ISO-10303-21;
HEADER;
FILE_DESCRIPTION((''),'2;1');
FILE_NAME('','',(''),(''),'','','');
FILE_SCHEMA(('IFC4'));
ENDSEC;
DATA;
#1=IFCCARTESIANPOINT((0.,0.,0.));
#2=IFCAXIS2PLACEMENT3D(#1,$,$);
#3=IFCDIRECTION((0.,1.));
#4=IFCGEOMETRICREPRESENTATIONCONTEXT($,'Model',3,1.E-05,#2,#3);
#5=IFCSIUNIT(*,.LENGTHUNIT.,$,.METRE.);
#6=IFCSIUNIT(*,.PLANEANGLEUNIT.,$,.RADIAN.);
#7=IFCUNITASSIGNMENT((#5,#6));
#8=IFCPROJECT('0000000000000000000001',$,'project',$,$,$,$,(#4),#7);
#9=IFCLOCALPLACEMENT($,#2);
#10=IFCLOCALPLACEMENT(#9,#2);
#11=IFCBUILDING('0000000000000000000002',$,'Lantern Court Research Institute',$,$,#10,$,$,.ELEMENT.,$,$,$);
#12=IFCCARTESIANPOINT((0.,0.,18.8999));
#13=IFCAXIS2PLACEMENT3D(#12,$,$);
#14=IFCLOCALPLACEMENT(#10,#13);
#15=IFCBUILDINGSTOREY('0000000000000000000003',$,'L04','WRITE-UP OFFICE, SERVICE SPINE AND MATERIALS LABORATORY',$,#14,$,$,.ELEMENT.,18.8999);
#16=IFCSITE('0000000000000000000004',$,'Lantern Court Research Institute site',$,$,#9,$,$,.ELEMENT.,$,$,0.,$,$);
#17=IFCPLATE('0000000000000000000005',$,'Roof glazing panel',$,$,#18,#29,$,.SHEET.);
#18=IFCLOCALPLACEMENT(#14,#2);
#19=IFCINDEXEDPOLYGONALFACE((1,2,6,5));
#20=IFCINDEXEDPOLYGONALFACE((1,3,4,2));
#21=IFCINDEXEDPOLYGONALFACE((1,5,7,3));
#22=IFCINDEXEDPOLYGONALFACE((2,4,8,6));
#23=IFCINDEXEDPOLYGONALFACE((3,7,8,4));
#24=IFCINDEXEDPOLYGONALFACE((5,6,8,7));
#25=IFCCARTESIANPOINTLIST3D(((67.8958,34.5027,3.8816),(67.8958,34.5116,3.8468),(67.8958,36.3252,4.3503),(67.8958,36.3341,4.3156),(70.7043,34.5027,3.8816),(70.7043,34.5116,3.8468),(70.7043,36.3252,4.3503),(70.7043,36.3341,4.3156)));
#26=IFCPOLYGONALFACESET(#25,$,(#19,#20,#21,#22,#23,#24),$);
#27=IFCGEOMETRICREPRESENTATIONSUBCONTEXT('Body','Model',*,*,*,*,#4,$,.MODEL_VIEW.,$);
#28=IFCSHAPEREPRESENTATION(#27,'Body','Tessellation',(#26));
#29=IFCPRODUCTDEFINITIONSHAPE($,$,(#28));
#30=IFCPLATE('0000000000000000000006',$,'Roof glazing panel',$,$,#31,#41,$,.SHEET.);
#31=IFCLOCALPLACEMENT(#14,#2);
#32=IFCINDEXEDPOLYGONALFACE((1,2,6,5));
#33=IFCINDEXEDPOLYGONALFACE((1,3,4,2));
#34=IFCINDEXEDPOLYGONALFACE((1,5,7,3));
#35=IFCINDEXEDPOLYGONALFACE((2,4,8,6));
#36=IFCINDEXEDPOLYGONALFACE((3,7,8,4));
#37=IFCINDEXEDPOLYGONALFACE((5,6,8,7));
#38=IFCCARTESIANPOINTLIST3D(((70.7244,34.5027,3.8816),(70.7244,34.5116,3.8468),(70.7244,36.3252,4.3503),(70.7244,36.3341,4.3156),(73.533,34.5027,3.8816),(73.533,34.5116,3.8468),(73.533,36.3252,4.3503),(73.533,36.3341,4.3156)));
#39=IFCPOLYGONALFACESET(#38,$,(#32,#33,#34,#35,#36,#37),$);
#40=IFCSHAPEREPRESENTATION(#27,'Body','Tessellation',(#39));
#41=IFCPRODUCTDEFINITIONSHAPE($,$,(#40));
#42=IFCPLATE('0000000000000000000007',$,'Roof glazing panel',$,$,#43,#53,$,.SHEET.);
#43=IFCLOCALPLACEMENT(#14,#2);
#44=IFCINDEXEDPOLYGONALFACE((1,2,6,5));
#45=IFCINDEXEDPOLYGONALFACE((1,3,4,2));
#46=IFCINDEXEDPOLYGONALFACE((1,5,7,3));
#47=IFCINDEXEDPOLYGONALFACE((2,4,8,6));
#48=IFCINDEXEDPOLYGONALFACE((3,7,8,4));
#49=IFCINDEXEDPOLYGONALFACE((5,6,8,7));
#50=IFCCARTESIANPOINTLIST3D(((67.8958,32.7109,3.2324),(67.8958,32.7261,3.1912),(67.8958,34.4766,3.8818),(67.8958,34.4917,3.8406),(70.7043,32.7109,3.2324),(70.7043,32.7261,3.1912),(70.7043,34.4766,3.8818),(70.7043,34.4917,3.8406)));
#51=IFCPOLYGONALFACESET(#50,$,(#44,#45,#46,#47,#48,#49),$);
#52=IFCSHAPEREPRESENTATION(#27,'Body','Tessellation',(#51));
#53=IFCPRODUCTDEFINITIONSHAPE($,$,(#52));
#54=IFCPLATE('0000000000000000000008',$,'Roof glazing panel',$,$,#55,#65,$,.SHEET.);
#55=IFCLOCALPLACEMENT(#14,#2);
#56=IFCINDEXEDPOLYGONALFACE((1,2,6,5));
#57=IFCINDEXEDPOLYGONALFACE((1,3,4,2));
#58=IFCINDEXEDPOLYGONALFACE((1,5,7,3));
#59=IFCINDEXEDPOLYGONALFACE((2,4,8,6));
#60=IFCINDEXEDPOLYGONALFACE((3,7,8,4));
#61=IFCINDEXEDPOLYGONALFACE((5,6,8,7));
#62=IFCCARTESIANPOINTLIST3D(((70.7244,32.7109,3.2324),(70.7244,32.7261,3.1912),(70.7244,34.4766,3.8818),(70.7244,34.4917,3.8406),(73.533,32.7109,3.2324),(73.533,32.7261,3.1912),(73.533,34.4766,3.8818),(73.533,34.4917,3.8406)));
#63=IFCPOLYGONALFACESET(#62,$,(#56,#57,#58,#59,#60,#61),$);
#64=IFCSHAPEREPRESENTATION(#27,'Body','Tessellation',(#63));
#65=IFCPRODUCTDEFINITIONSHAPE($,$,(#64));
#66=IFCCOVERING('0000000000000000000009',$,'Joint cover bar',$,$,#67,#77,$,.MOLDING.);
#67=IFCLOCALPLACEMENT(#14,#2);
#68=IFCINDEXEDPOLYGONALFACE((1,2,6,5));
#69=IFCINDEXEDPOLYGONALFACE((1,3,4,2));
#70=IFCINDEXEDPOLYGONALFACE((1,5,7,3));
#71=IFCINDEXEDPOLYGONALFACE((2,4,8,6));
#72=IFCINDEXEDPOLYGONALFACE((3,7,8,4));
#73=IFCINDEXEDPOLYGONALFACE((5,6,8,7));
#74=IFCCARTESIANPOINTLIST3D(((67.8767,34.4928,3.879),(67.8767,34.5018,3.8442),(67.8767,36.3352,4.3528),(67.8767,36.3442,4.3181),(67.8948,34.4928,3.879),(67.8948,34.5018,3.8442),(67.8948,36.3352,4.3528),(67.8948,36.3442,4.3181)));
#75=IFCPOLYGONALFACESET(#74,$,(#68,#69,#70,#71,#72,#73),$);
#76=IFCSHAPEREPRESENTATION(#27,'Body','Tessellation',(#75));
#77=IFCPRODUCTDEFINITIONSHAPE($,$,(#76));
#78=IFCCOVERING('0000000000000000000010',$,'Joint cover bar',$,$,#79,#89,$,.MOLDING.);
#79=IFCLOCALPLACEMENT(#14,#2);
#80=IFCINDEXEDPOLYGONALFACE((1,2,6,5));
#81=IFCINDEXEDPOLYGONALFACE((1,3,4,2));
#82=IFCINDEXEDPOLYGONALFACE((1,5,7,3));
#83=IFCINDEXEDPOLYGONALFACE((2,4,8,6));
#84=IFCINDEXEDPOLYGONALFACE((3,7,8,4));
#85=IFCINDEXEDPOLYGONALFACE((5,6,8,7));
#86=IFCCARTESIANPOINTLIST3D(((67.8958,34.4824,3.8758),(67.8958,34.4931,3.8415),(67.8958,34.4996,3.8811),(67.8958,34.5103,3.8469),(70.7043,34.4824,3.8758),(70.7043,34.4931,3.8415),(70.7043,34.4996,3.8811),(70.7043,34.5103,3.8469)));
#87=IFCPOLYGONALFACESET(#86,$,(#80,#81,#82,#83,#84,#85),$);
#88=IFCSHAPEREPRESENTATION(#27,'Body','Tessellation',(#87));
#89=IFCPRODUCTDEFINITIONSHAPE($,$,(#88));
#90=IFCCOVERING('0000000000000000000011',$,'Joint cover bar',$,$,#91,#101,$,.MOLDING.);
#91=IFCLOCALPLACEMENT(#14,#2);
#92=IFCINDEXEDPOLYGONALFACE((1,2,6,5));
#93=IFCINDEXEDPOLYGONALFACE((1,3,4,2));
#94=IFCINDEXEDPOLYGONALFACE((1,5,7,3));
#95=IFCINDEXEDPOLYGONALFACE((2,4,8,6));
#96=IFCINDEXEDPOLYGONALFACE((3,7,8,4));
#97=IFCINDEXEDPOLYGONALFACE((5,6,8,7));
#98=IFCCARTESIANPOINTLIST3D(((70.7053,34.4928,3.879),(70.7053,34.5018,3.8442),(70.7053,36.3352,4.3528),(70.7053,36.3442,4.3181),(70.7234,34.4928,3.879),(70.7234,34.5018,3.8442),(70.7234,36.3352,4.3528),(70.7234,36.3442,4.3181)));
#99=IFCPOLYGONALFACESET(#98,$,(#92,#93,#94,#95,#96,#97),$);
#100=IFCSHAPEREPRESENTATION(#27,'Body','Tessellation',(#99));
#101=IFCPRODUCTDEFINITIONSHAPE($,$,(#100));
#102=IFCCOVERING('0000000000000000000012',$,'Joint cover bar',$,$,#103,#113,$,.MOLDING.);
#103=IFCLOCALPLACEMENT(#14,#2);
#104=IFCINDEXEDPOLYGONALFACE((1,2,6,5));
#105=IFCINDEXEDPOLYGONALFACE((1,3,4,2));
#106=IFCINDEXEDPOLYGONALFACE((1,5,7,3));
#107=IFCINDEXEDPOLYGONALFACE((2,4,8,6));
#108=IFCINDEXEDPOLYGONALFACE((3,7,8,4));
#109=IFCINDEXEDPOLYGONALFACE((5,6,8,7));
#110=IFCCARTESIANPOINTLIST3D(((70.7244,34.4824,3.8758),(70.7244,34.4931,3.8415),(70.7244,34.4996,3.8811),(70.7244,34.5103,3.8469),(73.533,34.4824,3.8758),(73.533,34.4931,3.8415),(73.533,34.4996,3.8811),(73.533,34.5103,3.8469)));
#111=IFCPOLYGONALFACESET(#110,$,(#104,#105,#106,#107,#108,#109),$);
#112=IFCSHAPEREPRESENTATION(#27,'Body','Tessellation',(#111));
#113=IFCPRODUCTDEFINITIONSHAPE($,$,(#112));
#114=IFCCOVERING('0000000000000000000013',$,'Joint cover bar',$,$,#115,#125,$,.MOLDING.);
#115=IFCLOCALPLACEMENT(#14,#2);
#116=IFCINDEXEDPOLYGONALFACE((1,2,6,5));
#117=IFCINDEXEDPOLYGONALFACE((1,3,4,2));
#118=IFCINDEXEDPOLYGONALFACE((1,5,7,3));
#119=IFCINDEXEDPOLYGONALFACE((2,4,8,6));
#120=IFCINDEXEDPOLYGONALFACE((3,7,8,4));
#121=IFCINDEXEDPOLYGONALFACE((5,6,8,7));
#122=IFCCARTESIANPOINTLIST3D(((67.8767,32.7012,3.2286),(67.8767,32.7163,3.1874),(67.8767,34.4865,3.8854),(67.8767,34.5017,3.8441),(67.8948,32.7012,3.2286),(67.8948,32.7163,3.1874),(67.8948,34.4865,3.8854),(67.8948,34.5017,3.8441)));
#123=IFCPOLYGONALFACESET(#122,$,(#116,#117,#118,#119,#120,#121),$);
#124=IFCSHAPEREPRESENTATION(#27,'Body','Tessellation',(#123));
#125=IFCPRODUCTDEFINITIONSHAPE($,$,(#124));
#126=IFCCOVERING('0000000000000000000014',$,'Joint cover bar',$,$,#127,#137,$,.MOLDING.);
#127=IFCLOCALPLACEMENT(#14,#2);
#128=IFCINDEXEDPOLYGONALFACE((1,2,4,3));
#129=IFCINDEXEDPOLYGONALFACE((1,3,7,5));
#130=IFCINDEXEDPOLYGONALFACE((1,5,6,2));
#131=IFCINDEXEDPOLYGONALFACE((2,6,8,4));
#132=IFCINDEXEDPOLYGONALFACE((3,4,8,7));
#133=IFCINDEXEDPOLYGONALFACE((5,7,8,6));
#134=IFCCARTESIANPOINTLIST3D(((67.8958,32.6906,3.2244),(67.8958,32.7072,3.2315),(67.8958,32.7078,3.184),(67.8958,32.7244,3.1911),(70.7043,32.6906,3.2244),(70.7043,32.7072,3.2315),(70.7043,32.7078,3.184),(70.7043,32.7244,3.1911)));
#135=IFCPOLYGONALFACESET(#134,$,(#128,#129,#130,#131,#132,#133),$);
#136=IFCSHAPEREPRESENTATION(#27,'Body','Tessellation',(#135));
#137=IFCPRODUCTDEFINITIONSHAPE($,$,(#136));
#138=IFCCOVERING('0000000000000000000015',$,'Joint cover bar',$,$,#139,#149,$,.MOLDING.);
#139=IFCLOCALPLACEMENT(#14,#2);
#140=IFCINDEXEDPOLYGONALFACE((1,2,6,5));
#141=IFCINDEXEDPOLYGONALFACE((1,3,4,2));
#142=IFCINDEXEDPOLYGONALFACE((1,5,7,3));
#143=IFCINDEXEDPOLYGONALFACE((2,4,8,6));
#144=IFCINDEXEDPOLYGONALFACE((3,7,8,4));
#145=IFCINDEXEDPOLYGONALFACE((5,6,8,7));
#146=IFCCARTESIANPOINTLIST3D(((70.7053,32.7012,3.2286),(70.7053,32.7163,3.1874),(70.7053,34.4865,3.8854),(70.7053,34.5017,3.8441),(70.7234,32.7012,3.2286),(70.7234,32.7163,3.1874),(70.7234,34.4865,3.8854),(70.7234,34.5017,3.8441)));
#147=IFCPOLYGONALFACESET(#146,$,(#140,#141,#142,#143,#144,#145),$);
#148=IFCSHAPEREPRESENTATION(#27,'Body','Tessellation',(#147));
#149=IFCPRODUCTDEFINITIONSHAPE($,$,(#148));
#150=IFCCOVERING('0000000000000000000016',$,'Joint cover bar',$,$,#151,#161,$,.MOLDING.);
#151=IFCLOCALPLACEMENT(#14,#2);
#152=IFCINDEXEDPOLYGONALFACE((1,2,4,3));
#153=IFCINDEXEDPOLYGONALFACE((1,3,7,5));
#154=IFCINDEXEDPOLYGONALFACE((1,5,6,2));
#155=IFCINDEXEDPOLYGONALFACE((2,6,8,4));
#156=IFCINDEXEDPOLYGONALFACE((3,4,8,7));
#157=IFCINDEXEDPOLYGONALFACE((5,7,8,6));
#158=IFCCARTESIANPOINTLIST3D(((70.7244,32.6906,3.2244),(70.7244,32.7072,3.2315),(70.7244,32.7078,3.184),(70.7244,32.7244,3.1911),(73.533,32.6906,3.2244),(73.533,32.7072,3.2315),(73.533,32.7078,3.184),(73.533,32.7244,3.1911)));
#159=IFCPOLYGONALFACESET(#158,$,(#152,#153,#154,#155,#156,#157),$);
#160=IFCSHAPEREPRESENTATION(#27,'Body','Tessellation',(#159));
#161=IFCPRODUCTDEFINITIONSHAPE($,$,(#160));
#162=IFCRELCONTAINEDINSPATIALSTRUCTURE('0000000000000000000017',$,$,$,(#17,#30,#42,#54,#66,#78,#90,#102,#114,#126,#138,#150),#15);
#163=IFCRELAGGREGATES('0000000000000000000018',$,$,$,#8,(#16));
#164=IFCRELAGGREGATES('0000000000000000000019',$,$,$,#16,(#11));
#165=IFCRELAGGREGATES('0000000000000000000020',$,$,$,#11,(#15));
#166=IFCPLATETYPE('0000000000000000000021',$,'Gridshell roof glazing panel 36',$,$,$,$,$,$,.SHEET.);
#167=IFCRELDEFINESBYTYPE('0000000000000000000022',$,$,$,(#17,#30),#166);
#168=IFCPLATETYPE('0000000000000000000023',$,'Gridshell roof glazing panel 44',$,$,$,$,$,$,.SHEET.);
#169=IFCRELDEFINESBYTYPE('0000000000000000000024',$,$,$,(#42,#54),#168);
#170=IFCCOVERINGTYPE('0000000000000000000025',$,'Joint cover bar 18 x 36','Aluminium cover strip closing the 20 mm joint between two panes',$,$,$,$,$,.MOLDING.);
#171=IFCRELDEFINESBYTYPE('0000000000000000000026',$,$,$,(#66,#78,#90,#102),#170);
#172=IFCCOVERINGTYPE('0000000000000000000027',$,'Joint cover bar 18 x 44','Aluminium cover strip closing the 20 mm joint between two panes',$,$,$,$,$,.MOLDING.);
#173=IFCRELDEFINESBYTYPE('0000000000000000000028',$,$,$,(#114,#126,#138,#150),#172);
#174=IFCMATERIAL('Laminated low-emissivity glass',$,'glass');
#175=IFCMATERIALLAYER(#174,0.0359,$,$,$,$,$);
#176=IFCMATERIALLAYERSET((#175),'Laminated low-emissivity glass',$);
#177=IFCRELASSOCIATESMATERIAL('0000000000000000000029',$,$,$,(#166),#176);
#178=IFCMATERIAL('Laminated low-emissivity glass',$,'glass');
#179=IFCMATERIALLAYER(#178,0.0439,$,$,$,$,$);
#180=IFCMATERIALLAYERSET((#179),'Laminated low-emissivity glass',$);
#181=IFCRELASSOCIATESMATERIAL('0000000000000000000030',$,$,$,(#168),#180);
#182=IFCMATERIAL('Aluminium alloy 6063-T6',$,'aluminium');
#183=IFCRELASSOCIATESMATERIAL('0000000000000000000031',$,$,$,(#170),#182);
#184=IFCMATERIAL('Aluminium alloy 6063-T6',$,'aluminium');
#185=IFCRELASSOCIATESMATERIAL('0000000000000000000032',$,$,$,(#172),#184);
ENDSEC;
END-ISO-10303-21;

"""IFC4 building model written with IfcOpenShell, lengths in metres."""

from ifc_helpers import new_model, si_unit, direction, frame, origin, origin_2d, place, context, subcontext, project, spatial, polyline, rectangle, outline, extrude, material, layer, layer_set, material_profile, profile_set, type_object, element, save


model = new_model("IFC4")

# Units and contexts
model_context = context("Model", 3, precision=1e-05, world=origin(), true_north=direction((0.0, 1.0)))
body_context = subcontext(model_context, "Body", "Model", "MODEL_VIEW")
ifc_project = project(units=[si_unit("LENGTHUNIT", "METRE"), si_unit("PLANEANGLEUNIT", "RADIAN")], contexts=[model_context])

# Site, building, storey
site_placement = place(None, origin())
site = spatial("IfcSite", under=ifc_project, at=site_placement, Name="Lantern Court Research Institute site", CompositionType="ELEMENT", RefElevation=0.0)
building_placement = place(site_placement, origin())
building = spatial("IfcBuilding", under=site, at=building_placement, Name="Lantern Court Research Institute", CompositionType="ELEMENT")
storey_placement = place(building_placement, frame((0.0, 0.0, 18.8999)))
storey = spatial("IfcBuildingStorey", under=building, at=storey_placement, Name="L04", Description="WRITE-UP OFFICE, SERVICE SPINE AND MATERIALS LABORATORY", CompositionType="ELEMENT", Elevation=18.8999)

# Plates
ifc_material_1 = material(Name="Laminated low-emissivity glass", Category="glass")
ifc_layer_1 = layer(ifc_material_1, 0.0359)
ifc_layer_set_1 = layer_set([ifc_layer_1], Name="Laminated low-emissivity glass")
plate_type_1 = type_object("IfcPlateType", Name="Gridshell roof glazing panel 36", PredefinedType="SHEET", material=ifc_layer_set_1)
for number, where, z_axis, x_axis, name in (
    (1, (70.7043, 34.5027, 3.8816), (0.0, -0.249093, 0.96848), (-1.0, 0.0, 0.0), "Roof glazing panel"),
    (2, (73.533, 34.5027, 3.8816), (0.0, -0.249093, 0.96848), (-1.0, 0.0, 0.0), "Roof glazing panel"),
):
    element("IfcPlate", number, at=place(storey_placement, frame(where, z_axis=z_axis, x_axis=x_axis)), inside=storey, type_object=plate_type_1, Name=name, PredefinedType="SHEET", context=body_context, shape_type="SweptSolid", body=[
        extrude(outline(polyline([(0.0, 0.0), (2.8086, 0.0), (2.8086, -1.8818), (0.0, -1.8818), (0.0, 0.0)])), origin(), (0.0, 0.0, -1.0), 0.0359),
    ])
ifc_material_2 = material(Name="Laminated low-emissivity glass", Category="glass")
ifc_layer_2 = layer(ifc_material_2, 0.0439)
ifc_layer_set_2 = layer_set([ifc_layer_2], Name="Laminated low-emissivity glass")
plate_type_2 = type_object("IfcPlateType", Name="Gridshell roof glazing panel 44", PredefinedType="SHEET", material=ifc_layer_set_2)
for number, where, z_axis, x_axis, name in (
    (3, (70.7043, 32.7109, 3.2324), (0.0, -0.3452, 0.938529), (-1.0, 0.0, 0.0), "Roof glazing panel"),
    (4, (73.533, 32.7109, 3.2324), (0.0, -0.3452, 0.938529), (-1.0, 0.0, 0.0), "Roof glazing panel"),
):
    element("IfcPlate", number, at=place(storey_placement, frame(where, z_axis=z_axis, x_axis=x_axis)), inside=storey, type_object=plate_type_2, Name=name, PredefinedType="SHEET", context=body_context, shape_type="SweptSolid", body=[
        extrude(outline(polyline([(0.0, 0.0), (2.8086, 0.0), (2.8086, -1.8813), (0.0, -1.8813), (0.0, 0.0)])), origin(), (0.0, 0.0, -1.0), 0.0439),
    ])

# Coverings
ifc_material_3 = material(Name="Aluminium alloy 6063-T6", Category="aluminium")
ifc_material_profile_1 = material_profile(ifc_material_3, rectangle(XDim=0.0181, YDim=0.0359, at=origin_2d()), Name="Joint cover bar 18 x 36")
ifc_profile_set_1 = profile_set([ifc_material_profile_1], Name="Aluminium alloy 6063-T6")
covering_type_1 = type_object("IfcCoveringType", Name="Joint cover bar 18 x 36", Description="Aluminium cover strip closing the 20 mm joint between two panes", PredefinedType="MOLDING", material=ifc_profile_set_1)
covering_1_placement = place(storey_placement, frame((67.8857, 34.4973, 3.8616), z_axis=(0.0, 0.968474, 0.249113), x_axis=(-1.0, 0.0, 0.0)))
element("IfcCovering", 5, at=covering_1_placement, inside=storey, type_object=covering_type_1, Name="Joint cover bar", PredefinedType="MOLDING", context=body_context, shape_type="SweptSolid", body=[
    extrude(rectangle(XDim=0.0181, YDim=0.0359, at=origin_2d()), origin(), (0.0, 0.0, 1.0), 1.9023),
])
covering_2_placement = place(storey_placement, frame((67.8958, 34.4963, 3.8613), z_axis=(1.0, 0.0, 0.0), x_axis=(0.0, 0.954713, 0.297528)))
element("IfcCovering", 6, at=covering_2_placement, inside=storey, type_object=covering_type_1, Name="Joint cover bar", PredefinedType="MOLDING", context=body_context, shape_type="SweptSolid", body=[
    extrude(rectangle(XDim=0.0181, YDim=0.0359, at=origin_2d()), origin(), (0.0, 0.0, 1.0), 2.8086),
])
covering_3_placement = place(storey_placement, frame((70.7144, 34.4973, 3.8616), z_axis=(0.0, 0.968474, 0.249113), x_axis=(-1.0, 0.0, 0.0)))
element("IfcCovering", 7, at=covering_3_placement, inside=storey, type_object=covering_type_1, Name="Joint cover bar", PredefinedType="MOLDING", context=body_context, shape_type="SweptSolid", body=[
    extrude(rectangle(XDim=0.0181, YDim=0.0359, at=origin_2d()), origin(), (0.0, 0.0, 1.0), 1.9023),
])
covering_4_placement = place(storey_placement, frame((70.7244, 34.4963, 3.8613), z_axis=(1.0, 0.0, 0.0), x_axis=(0.0, 0.954713, 0.297528)))
element("IfcCovering", 8, at=covering_4_placement, inside=storey, type_object=covering_type_1, Name="Joint cover bar", PredefinedType="MOLDING", context=body_context, shape_type="SweptSolid", body=[
    extrude(rectangle(XDim=0.0181, YDim=0.0359, at=origin_2d()), origin(), (0.0, 0.0, 1.0), 2.8086),
])
ifc_material_4 = material(Name="Aluminium alloy 6063-T6", Category="aluminium")
ifc_material_profile_2 = material_profile(ifc_material_4, rectangle(XDim=0.0181, YDim=0.0439, at=origin_2d()), Name="Joint cover bar 18 x 44")
ifc_profile_set_2 = profile_set([ifc_material_profile_2], Name="Aluminium alloy 6063-T6")
covering_type_2 = type_object("IfcCoveringType", Name="Joint cover bar 18 x 44", Description="Aluminium cover strip closing the 20 mm joint between two panes", PredefinedType="MOLDING", material=ifc_profile_set_2)
covering_5_placement = place(storey_placement, frame((67.8857, 32.7087, 3.208), z_axis=(0.0, 0.93852, 0.345224), x_axis=(-1.0, 0.0, 0.0)))
element("IfcCovering", 9, at=covering_5_placement, inside=storey, type_object=covering_type_2, Name="Joint cover bar", PredefinedType="MOLDING", context=body_context, shape_type="SweptSolid", body=[
    extrude(rectangle(XDim=0.0181, YDim=0.0439, at=origin_2d()), origin(), (0.0, 0.0, 1.0), 1.9023),
])
covering_6_placement = place(storey_placement, frame((67.8958, 32.7075, 3.2078), z_axis=(1.0, 0.0, 0.0), x_axis=(0.0, 0.919966, 0.391999)))
element("IfcCovering", 10, at=covering_6_placement, inside=storey, type_object=covering_type_2, Name="Joint cover bar", PredefinedType="MOLDING", context=body_context, shape_type="SweptSolid", body=[
    extrude(rectangle(XDim=0.0181, YDim=0.0439, at=origin_2d()), origin(), (0.0, 0.0, 1.0), 2.8086),
])
covering_7_placement = place(storey_placement, frame((70.7144, 32.7087, 3.208), z_axis=(0.0, 0.93852, 0.345224), x_axis=(-1.0, 0.0, 0.0)))
element("IfcCovering", 11, at=covering_7_placement, inside=storey, type_object=covering_type_2, Name="Joint cover bar", PredefinedType="MOLDING", context=body_context, shape_type="SweptSolid", body=[
    extrude(rectangle(XDim=0.0181, YDim=0.0439, at=origin_2d()), origin(), (0.0, 0.0, 1.0), 1.9023),
])
covering_8_placement = place(storey_placement, frame((70.7244, 32.7075, 3.2078), z_axis=(1.0, 0.0, 0.0), x_axis=(0.0, 0.919966, 0.391999)))
element("IfcCovering", 12, at=covering_8_placement, inside=storey, type_object=covering_type_2, Name="Joint cover bar", PredefinedType="MOLDING", context=body_context, shape_type="SweptSolid", body=[
    extrude(rectangle(XDim=0.0181, YDim=0.0439, at=origin_2d()), origin(), (0.0, 0.0, 1.0), 2.8086),
])

save(model, "model.ifc")
